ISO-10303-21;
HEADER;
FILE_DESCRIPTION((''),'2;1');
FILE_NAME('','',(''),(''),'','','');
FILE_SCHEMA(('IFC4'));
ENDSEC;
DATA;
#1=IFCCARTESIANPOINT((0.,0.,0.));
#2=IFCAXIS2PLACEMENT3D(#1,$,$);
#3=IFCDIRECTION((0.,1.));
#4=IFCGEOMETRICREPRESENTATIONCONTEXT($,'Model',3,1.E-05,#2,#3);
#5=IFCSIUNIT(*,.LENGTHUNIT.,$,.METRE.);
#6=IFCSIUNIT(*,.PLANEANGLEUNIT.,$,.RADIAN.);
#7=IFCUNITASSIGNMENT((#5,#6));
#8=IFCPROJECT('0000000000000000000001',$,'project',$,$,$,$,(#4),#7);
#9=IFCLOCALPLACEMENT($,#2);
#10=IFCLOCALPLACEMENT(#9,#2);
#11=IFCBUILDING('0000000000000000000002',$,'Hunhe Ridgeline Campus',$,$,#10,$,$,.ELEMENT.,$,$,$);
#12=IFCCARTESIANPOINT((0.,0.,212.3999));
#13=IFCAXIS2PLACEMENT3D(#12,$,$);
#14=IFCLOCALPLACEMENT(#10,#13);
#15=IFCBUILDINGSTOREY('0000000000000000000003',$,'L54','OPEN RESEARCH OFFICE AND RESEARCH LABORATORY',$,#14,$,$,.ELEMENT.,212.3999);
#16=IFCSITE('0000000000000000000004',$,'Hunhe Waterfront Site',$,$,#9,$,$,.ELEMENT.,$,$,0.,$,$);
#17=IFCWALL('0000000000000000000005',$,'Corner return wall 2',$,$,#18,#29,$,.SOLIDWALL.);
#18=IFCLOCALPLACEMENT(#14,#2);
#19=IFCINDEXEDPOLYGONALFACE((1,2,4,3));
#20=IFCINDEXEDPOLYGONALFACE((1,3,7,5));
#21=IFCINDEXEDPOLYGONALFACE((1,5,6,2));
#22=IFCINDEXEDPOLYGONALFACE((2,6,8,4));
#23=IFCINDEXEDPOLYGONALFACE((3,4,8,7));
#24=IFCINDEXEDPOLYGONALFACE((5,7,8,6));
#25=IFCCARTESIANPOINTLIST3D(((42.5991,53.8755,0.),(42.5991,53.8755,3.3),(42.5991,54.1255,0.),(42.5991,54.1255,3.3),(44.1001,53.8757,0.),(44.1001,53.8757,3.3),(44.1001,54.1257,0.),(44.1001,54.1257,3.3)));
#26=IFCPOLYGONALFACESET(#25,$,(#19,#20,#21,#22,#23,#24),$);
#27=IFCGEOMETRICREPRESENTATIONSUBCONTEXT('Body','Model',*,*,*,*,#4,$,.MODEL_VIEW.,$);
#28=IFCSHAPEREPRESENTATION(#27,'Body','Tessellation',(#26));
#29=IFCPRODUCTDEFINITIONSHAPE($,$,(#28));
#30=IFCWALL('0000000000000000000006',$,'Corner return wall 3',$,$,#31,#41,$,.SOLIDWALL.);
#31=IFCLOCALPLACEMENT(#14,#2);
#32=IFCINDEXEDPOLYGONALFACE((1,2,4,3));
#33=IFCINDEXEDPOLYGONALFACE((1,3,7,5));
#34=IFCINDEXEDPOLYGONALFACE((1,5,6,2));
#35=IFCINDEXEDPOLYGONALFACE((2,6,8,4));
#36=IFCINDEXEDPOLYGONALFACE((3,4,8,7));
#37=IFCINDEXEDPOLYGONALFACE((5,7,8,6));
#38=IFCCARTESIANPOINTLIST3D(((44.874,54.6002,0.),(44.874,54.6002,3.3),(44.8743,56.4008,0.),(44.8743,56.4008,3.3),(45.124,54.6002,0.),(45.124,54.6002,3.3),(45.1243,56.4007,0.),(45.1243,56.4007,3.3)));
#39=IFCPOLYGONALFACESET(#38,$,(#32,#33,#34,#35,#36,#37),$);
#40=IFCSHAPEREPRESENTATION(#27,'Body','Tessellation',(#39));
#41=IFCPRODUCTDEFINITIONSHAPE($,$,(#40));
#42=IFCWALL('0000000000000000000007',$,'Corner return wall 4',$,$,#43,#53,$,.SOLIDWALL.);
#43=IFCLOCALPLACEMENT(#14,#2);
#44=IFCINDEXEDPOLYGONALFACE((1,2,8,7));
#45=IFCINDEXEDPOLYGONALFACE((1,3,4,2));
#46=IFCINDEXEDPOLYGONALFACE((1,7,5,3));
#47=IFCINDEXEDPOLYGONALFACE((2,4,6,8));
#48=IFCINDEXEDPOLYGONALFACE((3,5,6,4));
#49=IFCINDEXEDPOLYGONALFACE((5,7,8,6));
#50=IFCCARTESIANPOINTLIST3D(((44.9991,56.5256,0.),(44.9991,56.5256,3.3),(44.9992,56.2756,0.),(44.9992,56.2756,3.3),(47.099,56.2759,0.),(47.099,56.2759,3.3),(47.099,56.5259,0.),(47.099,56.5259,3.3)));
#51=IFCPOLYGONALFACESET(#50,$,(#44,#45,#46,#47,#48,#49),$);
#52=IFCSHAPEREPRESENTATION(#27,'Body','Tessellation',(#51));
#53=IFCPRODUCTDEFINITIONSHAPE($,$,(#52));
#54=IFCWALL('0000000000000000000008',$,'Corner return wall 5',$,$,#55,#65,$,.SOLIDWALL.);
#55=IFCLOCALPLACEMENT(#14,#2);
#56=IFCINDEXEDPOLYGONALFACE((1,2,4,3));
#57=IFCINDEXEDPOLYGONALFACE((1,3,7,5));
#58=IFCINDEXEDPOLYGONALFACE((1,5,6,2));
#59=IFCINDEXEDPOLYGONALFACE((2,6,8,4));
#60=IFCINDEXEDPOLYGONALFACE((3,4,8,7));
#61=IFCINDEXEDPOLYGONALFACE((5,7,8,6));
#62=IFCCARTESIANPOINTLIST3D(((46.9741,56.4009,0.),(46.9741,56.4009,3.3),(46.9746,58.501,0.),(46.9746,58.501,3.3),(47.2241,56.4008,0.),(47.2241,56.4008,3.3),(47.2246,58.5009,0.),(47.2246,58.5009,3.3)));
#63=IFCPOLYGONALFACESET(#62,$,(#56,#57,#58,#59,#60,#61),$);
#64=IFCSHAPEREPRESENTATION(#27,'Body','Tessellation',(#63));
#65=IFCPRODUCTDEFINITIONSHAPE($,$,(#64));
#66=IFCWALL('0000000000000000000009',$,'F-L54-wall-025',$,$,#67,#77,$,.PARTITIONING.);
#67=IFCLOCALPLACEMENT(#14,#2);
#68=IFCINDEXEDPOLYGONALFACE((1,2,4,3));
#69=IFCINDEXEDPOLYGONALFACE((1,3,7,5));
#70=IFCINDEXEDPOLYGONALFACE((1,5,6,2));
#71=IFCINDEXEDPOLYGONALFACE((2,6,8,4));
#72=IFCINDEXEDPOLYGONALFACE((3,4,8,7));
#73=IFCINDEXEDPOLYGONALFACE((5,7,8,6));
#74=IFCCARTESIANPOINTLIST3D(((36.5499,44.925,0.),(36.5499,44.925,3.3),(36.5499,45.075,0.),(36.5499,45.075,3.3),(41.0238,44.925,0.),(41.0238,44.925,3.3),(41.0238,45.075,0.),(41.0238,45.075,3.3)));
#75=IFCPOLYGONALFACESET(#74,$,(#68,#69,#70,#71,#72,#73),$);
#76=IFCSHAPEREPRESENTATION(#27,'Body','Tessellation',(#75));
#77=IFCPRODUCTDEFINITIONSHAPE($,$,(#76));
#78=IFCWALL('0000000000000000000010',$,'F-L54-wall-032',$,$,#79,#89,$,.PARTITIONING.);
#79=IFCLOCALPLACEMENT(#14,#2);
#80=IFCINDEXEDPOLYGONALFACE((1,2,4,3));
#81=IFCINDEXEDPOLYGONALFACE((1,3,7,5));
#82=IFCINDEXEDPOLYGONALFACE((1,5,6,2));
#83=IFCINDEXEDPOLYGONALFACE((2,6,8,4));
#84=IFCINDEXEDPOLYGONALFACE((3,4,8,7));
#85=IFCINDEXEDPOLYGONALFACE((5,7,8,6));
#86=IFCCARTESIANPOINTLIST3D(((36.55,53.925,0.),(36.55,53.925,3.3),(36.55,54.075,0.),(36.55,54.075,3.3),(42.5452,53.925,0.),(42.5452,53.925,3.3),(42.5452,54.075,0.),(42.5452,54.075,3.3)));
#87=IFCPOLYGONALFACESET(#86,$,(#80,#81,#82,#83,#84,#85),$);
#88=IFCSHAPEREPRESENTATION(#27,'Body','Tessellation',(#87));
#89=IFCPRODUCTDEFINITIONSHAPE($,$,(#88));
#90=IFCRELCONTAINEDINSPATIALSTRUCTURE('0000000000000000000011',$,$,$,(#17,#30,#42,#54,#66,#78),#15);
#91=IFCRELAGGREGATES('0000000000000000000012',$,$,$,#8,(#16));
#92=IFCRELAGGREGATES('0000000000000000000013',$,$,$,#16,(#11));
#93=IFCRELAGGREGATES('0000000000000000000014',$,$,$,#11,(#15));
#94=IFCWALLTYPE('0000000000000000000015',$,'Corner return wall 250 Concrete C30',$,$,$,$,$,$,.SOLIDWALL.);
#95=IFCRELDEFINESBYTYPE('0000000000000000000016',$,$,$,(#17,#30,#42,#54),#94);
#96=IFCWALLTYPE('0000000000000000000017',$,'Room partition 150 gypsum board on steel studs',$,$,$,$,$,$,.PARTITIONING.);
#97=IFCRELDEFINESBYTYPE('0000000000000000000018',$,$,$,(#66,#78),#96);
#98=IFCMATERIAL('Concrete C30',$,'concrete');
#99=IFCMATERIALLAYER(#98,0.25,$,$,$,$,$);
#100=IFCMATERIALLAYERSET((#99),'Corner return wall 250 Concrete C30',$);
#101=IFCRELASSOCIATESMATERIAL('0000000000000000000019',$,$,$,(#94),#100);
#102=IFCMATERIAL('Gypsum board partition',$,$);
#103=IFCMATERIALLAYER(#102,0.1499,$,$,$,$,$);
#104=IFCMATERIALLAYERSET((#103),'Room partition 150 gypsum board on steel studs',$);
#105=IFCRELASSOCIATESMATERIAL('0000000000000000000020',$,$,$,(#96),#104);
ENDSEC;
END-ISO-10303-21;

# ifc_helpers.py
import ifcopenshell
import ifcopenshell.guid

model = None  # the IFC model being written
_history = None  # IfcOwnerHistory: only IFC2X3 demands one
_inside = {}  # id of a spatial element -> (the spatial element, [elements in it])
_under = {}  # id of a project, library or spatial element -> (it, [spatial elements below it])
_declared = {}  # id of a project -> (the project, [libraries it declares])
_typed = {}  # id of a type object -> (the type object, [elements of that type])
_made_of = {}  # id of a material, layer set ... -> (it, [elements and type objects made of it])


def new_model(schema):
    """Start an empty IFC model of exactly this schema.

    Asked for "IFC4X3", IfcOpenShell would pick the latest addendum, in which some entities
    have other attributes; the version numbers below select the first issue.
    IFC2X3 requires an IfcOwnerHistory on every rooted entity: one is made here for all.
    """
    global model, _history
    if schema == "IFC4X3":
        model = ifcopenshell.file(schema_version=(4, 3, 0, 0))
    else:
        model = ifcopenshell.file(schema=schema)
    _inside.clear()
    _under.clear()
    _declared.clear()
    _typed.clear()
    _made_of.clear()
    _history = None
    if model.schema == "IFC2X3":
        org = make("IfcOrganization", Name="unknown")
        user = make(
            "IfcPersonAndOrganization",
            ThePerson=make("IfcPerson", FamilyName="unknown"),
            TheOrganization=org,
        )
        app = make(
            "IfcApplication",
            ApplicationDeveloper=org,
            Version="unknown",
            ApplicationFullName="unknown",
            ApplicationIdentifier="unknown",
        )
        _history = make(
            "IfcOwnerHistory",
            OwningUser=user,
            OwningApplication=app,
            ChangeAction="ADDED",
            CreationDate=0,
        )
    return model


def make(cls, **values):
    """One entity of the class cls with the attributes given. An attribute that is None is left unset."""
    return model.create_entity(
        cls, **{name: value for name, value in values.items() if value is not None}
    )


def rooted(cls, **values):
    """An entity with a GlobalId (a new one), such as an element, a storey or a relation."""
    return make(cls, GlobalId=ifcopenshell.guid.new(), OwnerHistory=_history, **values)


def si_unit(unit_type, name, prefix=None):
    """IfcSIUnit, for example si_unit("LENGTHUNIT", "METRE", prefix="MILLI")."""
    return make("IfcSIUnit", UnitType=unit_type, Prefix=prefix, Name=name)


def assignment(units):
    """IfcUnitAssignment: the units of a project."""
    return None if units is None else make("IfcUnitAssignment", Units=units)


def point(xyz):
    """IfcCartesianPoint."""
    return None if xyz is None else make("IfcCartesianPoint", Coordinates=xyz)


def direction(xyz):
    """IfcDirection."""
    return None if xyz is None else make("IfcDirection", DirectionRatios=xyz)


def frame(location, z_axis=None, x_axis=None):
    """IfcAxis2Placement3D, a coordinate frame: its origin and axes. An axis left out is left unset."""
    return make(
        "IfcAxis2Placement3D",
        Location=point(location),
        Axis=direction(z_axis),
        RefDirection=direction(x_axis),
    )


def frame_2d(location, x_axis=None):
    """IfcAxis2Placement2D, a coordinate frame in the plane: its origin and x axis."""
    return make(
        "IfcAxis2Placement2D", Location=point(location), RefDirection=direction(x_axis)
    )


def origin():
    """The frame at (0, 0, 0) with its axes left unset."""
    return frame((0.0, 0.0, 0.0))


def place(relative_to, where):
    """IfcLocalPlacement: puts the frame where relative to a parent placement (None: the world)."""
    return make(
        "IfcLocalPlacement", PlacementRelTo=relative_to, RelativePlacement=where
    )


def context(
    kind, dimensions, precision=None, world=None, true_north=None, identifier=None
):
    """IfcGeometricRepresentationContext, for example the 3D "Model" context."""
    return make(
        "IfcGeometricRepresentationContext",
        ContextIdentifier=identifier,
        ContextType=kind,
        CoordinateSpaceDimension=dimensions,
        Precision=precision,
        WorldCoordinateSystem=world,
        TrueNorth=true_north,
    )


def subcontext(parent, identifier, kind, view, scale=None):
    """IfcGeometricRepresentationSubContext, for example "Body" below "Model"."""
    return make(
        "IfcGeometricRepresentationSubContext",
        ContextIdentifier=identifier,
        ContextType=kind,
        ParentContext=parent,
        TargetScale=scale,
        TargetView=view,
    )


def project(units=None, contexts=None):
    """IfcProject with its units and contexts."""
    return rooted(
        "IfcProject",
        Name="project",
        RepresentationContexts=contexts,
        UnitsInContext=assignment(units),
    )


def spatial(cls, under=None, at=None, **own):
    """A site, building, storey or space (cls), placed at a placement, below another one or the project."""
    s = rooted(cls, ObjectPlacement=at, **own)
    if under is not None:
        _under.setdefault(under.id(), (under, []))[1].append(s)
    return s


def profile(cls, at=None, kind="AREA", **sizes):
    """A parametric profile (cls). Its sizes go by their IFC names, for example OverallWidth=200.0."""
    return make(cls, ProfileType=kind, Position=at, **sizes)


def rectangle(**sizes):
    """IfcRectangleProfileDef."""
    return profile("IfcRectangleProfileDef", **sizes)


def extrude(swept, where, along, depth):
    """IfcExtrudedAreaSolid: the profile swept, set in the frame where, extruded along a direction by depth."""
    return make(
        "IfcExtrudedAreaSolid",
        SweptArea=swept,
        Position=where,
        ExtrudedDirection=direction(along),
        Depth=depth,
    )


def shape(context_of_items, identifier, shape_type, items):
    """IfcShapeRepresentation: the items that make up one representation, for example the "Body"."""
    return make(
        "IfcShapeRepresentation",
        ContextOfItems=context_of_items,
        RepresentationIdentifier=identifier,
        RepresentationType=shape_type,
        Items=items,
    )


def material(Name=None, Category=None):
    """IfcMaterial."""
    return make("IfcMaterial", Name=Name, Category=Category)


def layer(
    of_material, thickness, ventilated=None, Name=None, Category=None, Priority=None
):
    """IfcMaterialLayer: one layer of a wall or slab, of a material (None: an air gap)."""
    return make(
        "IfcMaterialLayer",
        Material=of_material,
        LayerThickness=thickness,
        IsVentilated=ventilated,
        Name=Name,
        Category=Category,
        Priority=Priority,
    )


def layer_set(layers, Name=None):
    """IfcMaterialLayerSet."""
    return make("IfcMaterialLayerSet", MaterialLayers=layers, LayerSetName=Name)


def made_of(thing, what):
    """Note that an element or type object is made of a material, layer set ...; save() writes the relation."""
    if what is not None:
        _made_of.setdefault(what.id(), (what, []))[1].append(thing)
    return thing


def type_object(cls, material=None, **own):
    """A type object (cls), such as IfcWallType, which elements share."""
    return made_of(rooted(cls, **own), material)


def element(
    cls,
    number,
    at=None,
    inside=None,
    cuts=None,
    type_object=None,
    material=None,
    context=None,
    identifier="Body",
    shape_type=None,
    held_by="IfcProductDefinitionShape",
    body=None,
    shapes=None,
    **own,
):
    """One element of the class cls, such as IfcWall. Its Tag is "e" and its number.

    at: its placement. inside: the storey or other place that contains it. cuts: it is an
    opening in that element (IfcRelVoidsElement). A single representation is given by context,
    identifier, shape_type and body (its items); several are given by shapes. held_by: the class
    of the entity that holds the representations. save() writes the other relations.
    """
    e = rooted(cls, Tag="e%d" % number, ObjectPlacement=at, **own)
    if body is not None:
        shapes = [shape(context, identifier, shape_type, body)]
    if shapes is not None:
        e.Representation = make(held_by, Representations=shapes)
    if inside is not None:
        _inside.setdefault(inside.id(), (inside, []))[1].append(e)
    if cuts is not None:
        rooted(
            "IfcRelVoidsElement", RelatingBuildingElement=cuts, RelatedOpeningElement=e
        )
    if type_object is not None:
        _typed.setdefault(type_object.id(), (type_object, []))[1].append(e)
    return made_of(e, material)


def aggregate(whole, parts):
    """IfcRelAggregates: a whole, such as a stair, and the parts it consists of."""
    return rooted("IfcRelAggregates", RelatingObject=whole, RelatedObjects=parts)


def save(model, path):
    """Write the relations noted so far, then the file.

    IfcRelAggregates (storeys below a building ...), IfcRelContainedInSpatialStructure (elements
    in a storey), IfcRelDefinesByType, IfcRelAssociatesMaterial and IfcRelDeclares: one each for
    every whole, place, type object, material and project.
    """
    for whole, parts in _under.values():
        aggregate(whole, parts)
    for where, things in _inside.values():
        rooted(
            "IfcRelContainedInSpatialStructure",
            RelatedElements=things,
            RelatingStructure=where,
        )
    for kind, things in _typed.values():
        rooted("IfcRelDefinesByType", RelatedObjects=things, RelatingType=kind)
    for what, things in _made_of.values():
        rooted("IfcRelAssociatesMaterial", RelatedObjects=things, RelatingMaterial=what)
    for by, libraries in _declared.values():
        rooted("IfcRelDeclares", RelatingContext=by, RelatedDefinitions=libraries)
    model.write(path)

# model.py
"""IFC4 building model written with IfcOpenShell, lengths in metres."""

from ifc_helpers import new_model, si_unit, direction, frame, frame_2d, origin, place, context, subcontext, project, spatial, rectangle, extrude, material, layer, layer_set, type_object, element, save


model = new_model("IFC4")

# Units and contexts
model_context = context("Model", 3, precision=1e-05, world=origin(), true_north=direction((0.0, 1.0)))
body_context = subcontext(model_context, "Body", "Model", "MODEL_VIEW")
ifc_project = project(units=[si_unit("LENGTHUNIT", "METRE"), si_unit("PLANEANGLEUNIT", "RADIAN")], contexts=[model_context])

# Site, building, storey
site_placement = place(None, origin())
site = spatial("IfcSite", under=ifc_project, at=site_placement, Name="Hunhe Waterfront Site", CompositionType="ELEMENT", RefElevation=0.0)
building_placement = place(site_placement, origin())
building = spatial("IfcBuilding", under=site, at=building_placement, Name="Hunhe Ridgeline Campus", CompositionType="ELEMENT")
storey_placement = place(building_placement, frame((0.0, 0.0, 212.3999)))
storey = spatial("IfcBuildingStorey", under=building, at=storey_placement, Name="L54", Description="OPEN RESEARCH OFFICE AND RESEARCH LABORATORY", CompositionType="ELEMENT", Elevation=212.3999)

# Walls
ifc_material_1 = material(Name="Concrete C30", Category="concrete")
ifc_layer_1 = layer(ifc_material_1, 0.25)
ifc_layer_set_1 = layer_set([ifc_layer_1], Name="Corner return wall 250 Concrete C30")
wall_type_1 = type_object("IfcWallType", Name="Corner return wall 250 Concrete C30", PredefinedType="SOLIDWALL", material=ifc_layer_set_1)
wall_1_placement = place(storey_placement, frame((42.5991, 54.0005, 0.0), z_axis=(0.0, 0.0, 1.0), x_axis=(1.0, 0.000163, 0.0)))
element("IfcWall", 1, at=wall_1_placement, inside=storey, type_object=wall_type_1, Name="Corner return wall 2", PredefinedType="SOLIDWALL", context=body_context, shape_type="SweptSolid", body=[
    extrude(rectangle(XDim=1.501, YDim=0.25, at=frame_2d((0.7505, 0.0))), origin(), (0.0, 0.0, 1.0), 3.3),
])
wall_2_placement = place(storey_placement, frame((44.999, 54.6001, 0.0), z_axis=(0.0, 0.0, 1.0), x_axis=(0.000136, 1.0, 0.0)))
element("IfcWall", 2, at=wall_2_placement, inside=storey, type_object=wall_type_1, Name="Corner return wall 3", PredefinedType="SOLIDWALL", context=body_context, shape_type="SweptSolid", body=[
    extrude(rectangle(XDim=1.8005, YDim=0.25, at=frame_2d((0.9004, 0.0))), origin(), (0.0, 0.0, 1.0), 3.3),
])
wall_3_placement = place(storey_placement, frame((44.9993, 56.4006, 0.0), z_axis=(0.0, 0.0, 1.0), x_axis=(1.0, 0.000116, 0.0)))
element("IfcWall", 3, at=wall_3_placement, inside=storey, type_object=wall_type_1, Name="Corner return wall 4", PredefinedType="SOLIDWALL", context=body_context, shape_type="SweptSolid", body=[
    extrude(rectangle(XDim=2.0999, YDim=0.25, at=frame_2d((1.0498, 0.0))), origin(), (0.0, 0.0, 1.0), 3.3),
])
wall_4_placement = place(storey_placement, frame((47.0991, 56.4009, 0.0), z_axis=(0.0, 0.0, 1.0), x_axis=(0.000233, 1.0, 0.0)))
element("IfcWall", 4, at=wall_4_placement, inside=storey, type_object=wall_type_1, Name="Corner return wall 5", PredefinedType="SOLIDWALL", context=body_context, shape_type="SweptSolid", body=[
    extrude(rectangle(XDim=2.1001, YDim=0.25, at=frame_2d((1.05, 0.0))), origin(), (0.0, 0.0, 1.0), 3.3),
])
ifc_material_2 = material(Name="Gypsum board partition")
ifc_layer_2 = layer(ifc_material_2, 0.1499)
ifc_layer_set_2 = layer_set([ifc_layer_2], Name="Room partition 150 gypsum board on steel studs")
wall_type_2 = type_object("IfcWallType", Name="Room partition 150 gypsum board on steel studs", PredefinedType="PARTITIONING", material=ifc_layer_set_2)
wall_5_placement = place(storey_placement, frame((36.55, 45.0, 0.0), z_axis=(0.0, 0.0, 1.0), x_axis=(1.0, 0.0, 0.0)))
element("IfcWall", 5, at=wall_5_placement, inside=storey, type_object=wall_type_2, Name="F-L54-wall-025", PredefinedType="PARTITIONING", context=body_context, shape_type="SweptSolid", body=[
    extrude(rectangle(XDim=4.4739, YDim=0.1499, at=frame_2d((2.2368, 0.0))), origin(), (0.0, 0.0, 1.0), 3.3),
])
wall_6_placement = place(storey_placement, frame((36.55, 54.0, 0.0), z_axis=(0.0, 0.0, 1.0), x_axis=(1.0, 0.0, 0.0)))
element("IfcWall", 6, at=wall_6_placement, inside=storey, type_object=wall_type_2, Name="F-L54-wall-032", PredefinedType="PARTITIONING", context=body_context, shape_type="SweptSolid", body=[
    extrude(rectangle(XDim=5.9951, YDim=0.1499, at=frame_2d((2.9976, 0.0))), origin(), (0.0, 0.0, 1.0), 3.3),
])

save(model, "model.ifc")
